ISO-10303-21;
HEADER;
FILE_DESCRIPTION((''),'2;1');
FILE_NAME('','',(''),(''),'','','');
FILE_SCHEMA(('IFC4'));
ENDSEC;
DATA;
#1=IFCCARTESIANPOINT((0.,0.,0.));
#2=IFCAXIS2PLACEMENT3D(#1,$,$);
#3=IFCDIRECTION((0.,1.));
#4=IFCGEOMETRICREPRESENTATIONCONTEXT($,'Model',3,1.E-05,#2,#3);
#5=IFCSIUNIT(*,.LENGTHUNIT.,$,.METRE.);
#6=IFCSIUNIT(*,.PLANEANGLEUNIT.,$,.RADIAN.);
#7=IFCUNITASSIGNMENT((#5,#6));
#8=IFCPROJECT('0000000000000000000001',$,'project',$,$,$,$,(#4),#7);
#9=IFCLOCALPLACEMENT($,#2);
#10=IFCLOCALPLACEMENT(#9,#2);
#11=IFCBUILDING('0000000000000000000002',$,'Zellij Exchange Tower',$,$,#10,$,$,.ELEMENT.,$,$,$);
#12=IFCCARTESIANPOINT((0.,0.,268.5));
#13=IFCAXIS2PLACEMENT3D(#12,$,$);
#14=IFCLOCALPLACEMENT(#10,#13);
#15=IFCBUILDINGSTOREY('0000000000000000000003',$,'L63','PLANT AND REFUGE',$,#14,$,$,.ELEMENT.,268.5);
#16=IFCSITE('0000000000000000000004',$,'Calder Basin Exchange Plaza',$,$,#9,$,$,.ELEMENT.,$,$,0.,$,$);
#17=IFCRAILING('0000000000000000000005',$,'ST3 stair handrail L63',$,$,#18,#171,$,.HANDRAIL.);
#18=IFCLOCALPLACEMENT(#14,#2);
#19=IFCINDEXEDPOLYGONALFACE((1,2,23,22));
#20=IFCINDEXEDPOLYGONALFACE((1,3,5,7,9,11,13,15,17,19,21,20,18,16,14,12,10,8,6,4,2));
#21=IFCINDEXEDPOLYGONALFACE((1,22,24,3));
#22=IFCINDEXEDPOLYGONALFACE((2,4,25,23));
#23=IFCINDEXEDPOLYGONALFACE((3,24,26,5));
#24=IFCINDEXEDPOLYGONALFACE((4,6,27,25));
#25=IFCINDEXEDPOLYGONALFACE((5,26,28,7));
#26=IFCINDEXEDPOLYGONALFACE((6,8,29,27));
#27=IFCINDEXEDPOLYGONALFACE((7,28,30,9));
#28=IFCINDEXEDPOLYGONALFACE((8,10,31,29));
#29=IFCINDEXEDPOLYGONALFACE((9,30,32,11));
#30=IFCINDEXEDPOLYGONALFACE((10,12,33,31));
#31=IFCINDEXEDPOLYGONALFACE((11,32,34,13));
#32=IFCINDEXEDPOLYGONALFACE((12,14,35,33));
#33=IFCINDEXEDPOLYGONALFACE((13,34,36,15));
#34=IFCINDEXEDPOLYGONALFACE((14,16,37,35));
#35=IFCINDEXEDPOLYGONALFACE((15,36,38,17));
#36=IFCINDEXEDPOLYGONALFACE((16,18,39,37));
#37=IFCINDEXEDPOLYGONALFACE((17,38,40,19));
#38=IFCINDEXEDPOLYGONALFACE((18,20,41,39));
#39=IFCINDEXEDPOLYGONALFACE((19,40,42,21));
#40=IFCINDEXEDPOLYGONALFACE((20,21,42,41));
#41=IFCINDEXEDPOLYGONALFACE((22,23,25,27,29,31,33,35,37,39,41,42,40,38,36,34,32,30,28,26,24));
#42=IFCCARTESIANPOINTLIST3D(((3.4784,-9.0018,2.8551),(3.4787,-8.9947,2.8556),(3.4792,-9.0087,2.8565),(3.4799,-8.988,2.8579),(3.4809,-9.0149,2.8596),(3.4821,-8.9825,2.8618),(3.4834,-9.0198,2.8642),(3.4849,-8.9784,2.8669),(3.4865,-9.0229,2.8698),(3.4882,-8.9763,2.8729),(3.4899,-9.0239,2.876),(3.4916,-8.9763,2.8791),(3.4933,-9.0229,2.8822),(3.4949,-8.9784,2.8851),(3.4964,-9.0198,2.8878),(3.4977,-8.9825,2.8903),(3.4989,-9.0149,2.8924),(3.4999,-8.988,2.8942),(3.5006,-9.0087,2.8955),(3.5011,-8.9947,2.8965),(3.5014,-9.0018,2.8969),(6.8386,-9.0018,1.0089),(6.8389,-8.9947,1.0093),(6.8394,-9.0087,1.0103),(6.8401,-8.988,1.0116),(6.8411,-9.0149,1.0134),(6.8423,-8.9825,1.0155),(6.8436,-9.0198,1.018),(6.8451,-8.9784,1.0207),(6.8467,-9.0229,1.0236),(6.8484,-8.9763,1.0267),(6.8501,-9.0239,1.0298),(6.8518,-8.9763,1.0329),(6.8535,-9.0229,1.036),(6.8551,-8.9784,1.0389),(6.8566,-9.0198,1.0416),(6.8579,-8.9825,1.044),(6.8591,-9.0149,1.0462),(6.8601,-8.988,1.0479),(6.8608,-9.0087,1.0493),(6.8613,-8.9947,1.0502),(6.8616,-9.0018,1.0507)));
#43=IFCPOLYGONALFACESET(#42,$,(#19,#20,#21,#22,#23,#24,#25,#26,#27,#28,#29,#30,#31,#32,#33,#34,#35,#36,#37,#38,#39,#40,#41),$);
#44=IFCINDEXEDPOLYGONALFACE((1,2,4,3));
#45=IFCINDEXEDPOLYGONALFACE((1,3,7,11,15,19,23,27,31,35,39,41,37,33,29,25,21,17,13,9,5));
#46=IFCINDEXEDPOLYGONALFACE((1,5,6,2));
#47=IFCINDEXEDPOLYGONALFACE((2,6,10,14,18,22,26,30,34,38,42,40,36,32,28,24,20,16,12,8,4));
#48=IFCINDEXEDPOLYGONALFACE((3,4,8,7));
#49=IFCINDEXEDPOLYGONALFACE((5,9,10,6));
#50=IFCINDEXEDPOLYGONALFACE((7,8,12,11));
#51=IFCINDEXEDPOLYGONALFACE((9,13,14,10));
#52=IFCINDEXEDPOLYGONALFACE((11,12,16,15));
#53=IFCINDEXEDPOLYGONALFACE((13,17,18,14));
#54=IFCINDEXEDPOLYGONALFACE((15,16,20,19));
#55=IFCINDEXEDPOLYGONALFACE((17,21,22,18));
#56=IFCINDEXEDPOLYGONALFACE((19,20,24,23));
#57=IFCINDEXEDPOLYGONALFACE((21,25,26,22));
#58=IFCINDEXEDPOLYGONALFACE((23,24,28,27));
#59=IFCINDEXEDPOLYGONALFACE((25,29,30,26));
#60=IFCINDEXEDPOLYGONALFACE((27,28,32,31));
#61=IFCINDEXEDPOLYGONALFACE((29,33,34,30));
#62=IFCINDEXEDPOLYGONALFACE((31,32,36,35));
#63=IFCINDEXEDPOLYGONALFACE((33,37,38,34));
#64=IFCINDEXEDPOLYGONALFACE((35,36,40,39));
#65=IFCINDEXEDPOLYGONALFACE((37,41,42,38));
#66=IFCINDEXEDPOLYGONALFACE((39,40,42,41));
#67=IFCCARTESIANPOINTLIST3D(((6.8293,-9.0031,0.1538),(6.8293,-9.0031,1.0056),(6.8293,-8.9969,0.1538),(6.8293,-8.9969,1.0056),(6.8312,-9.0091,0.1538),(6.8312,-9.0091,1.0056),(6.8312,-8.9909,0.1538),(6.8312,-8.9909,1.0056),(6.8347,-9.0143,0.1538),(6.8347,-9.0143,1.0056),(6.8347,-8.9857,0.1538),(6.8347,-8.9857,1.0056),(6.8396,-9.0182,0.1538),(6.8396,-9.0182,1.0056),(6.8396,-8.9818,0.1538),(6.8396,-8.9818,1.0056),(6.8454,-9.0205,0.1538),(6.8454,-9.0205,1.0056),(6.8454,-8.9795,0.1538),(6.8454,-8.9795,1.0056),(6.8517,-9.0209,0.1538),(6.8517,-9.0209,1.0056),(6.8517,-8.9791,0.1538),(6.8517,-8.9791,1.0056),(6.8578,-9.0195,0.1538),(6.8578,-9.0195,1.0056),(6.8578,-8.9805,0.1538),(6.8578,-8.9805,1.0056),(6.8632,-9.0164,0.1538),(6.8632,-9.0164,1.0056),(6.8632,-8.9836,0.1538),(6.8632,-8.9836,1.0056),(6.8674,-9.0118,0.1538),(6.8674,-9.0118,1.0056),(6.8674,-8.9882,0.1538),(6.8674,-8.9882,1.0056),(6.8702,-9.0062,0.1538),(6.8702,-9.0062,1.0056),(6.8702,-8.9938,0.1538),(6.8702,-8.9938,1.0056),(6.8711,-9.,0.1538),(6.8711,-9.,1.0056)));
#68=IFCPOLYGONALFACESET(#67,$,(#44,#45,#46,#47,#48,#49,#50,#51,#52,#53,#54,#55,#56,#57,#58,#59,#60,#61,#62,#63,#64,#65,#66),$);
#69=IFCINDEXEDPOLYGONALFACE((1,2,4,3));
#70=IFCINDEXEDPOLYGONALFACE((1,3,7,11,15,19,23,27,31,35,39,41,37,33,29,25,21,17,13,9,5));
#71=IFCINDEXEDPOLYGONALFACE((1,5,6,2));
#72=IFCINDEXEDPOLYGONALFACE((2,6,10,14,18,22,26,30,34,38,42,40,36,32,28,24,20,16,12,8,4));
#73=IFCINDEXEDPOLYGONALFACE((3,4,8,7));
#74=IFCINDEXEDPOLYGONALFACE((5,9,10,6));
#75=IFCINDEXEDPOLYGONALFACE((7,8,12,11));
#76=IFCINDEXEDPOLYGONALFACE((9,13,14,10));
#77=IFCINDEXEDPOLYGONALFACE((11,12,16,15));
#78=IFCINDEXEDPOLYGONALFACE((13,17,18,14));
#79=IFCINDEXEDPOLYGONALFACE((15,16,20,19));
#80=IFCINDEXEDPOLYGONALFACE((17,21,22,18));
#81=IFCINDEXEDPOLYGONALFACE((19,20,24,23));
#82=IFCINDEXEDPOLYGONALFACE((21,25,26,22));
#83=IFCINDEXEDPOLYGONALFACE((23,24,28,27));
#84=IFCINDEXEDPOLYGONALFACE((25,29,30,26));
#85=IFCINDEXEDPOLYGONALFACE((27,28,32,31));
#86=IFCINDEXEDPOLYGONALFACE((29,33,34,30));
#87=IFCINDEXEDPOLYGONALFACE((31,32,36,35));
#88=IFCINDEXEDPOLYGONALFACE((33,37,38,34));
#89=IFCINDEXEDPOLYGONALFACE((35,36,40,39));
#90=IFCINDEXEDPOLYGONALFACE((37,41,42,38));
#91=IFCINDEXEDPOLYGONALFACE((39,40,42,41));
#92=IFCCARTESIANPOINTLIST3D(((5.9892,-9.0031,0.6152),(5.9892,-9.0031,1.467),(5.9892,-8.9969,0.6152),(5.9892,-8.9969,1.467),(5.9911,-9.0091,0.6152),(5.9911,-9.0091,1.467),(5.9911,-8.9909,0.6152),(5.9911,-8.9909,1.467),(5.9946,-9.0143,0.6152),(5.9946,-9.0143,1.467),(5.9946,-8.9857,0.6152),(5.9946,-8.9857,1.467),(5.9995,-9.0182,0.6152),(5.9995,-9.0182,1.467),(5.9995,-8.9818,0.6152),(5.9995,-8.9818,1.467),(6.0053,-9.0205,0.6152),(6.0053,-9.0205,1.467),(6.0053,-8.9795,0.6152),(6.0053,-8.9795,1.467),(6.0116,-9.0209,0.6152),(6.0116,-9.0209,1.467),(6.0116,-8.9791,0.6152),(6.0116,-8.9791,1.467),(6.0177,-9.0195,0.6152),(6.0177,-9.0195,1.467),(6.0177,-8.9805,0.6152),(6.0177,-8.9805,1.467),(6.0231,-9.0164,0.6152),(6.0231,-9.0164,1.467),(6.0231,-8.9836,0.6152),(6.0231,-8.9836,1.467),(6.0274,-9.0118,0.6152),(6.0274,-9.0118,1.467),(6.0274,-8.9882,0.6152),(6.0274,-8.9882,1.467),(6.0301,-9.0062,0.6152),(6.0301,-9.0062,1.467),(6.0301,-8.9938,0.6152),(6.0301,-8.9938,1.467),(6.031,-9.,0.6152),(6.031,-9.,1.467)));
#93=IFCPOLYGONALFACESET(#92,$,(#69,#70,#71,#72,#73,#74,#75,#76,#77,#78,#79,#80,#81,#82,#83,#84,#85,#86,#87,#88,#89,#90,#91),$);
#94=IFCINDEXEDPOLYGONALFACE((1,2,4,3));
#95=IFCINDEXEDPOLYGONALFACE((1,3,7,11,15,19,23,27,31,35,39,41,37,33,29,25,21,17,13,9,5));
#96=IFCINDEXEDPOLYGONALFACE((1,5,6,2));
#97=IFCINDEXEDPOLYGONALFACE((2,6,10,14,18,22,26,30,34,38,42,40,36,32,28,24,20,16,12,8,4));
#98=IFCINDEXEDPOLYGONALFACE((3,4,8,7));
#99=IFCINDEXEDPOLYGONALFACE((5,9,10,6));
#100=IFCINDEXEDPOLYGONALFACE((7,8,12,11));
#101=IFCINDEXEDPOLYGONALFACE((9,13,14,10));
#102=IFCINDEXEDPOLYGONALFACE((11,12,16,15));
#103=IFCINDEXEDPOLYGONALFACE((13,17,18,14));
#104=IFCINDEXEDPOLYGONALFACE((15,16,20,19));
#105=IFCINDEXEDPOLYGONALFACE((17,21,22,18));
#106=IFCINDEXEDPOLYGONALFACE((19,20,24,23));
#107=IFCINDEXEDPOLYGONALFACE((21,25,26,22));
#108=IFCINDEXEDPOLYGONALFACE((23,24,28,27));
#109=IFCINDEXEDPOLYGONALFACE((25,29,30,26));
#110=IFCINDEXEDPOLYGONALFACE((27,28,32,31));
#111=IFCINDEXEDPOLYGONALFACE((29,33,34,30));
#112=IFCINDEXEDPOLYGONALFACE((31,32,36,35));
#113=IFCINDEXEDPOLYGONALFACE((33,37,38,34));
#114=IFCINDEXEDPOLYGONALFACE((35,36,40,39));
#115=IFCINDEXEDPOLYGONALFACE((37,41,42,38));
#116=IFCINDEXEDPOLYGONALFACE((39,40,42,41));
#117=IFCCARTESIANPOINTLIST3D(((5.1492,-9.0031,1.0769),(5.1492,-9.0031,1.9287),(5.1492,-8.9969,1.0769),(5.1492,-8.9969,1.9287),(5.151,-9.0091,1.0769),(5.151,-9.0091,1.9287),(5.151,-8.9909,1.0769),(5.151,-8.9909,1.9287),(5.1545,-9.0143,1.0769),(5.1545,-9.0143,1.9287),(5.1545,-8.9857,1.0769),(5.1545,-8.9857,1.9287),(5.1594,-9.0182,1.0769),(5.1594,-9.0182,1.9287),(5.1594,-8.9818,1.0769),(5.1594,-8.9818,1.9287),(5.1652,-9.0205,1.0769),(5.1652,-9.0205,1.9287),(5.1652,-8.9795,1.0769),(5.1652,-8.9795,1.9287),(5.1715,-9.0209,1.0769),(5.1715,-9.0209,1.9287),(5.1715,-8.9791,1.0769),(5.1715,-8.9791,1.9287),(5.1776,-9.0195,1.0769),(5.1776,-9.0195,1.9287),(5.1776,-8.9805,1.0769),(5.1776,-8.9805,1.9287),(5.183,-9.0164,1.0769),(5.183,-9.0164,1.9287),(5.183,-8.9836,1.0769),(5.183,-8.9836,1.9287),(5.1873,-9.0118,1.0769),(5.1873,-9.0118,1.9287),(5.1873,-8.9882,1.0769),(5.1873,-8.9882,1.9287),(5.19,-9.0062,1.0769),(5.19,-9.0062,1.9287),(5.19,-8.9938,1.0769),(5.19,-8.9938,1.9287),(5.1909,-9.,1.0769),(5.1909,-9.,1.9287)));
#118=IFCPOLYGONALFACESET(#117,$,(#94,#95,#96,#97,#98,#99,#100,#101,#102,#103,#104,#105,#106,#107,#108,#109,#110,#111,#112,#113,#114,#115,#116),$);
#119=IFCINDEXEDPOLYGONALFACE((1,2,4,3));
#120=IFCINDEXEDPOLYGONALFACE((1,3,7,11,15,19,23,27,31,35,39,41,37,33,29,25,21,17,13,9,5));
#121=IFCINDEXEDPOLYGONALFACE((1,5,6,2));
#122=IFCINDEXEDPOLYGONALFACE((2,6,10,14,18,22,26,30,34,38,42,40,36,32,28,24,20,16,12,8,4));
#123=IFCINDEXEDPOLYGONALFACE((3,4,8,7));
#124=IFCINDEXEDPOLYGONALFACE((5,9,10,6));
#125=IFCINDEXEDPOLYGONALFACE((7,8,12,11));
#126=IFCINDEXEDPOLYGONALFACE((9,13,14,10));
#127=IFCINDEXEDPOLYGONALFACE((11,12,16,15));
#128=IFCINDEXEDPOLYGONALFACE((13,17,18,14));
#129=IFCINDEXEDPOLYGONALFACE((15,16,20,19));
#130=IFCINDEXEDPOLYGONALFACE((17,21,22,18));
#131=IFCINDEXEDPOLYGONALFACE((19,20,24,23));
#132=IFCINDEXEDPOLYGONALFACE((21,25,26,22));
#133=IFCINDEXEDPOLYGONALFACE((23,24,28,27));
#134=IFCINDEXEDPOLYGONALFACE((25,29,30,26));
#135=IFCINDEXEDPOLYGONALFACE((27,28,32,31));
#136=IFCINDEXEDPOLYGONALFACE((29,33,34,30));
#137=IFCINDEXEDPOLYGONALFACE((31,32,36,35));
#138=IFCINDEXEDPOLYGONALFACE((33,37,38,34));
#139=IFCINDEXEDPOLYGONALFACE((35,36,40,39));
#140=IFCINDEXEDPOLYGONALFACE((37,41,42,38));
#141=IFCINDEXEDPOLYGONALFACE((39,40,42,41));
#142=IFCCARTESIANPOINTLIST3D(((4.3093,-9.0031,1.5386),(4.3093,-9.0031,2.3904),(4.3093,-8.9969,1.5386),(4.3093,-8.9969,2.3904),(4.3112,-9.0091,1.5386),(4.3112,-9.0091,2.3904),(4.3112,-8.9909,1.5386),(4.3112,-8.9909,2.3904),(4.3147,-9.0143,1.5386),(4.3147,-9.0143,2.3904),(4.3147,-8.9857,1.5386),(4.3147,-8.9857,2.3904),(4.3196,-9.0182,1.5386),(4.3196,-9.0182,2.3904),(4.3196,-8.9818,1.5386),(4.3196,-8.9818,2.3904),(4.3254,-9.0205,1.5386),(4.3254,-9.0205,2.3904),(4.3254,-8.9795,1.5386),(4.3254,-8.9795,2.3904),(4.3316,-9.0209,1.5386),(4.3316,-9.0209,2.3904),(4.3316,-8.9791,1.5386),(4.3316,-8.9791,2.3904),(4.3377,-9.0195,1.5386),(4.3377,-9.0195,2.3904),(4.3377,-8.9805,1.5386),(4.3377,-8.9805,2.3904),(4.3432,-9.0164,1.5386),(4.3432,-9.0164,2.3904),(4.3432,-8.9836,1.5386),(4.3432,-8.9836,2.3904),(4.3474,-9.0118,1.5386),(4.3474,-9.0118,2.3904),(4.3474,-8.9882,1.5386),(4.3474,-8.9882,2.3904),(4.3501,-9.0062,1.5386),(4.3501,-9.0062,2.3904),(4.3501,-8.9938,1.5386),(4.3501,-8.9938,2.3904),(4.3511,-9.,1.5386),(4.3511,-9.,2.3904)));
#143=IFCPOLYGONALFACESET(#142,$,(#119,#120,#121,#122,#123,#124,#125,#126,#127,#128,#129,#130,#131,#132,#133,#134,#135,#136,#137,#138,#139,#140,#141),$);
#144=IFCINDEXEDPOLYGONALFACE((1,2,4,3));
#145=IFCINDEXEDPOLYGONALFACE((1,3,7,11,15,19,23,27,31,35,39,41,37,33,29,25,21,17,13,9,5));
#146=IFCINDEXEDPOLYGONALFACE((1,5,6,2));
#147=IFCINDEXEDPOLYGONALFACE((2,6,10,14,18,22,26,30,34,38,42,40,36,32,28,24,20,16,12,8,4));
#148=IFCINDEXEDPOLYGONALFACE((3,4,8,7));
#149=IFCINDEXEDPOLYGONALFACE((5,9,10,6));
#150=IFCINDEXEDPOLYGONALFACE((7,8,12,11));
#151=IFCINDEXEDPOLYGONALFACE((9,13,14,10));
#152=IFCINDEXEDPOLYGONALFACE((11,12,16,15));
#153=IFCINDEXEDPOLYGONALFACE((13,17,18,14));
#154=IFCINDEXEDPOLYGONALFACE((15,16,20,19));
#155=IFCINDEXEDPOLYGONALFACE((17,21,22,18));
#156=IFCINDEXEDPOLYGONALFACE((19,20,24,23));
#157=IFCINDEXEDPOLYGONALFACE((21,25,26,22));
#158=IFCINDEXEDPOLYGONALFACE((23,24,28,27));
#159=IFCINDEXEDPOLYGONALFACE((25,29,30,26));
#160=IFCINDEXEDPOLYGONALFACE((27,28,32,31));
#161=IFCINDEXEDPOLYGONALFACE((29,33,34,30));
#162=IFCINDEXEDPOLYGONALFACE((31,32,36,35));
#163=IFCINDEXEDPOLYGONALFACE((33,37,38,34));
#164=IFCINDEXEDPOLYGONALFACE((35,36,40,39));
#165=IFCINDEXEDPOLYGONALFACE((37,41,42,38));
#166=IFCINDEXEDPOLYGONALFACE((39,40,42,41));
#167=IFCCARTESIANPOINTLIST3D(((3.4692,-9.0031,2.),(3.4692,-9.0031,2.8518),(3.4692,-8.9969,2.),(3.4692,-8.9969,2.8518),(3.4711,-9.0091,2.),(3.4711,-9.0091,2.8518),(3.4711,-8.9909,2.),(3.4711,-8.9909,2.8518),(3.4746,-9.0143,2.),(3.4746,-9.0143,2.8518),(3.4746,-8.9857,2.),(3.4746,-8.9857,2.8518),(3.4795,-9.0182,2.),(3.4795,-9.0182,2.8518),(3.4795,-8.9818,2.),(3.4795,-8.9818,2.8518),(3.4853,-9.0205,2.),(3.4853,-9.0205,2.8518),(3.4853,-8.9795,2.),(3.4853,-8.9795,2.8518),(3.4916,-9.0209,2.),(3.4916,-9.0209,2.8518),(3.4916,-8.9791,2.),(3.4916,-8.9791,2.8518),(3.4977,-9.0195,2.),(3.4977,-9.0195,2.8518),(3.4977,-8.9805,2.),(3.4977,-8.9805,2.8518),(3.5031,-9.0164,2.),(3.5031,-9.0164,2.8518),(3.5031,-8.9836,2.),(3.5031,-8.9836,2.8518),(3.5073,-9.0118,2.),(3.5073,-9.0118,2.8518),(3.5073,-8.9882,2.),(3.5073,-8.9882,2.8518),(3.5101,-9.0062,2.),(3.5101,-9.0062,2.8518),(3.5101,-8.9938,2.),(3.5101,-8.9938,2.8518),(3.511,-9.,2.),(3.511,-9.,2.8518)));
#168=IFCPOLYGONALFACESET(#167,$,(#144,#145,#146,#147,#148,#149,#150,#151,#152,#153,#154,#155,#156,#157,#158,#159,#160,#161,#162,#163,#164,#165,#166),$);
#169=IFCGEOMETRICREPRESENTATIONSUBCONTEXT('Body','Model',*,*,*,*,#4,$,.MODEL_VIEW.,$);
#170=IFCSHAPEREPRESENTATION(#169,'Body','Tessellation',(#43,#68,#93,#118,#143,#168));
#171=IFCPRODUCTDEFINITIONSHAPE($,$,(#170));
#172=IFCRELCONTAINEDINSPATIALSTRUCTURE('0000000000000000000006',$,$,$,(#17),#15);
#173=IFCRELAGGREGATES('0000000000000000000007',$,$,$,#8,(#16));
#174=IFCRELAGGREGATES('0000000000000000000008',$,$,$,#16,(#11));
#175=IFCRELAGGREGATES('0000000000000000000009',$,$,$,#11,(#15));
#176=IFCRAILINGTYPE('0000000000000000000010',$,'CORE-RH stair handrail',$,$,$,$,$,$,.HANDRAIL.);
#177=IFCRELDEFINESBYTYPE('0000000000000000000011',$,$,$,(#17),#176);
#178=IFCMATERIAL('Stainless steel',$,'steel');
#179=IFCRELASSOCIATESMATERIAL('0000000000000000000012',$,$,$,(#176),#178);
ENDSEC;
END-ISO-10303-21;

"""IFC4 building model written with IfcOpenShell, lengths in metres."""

from ifc_helpers import new_model, si_unit, direction, frame, origin, origin_2d, place, context, subcontext, project, spatial, circle, extrude, material, type_object, element, save


model = new_model("IFC4")

# Units and contexts
model_context = context("Model", 3, precision=1e-05, world=origin(), true_north=direction((0.0, 1.0)))
body_context = subcontext(model_context, "Body", "Model", "MODEL_VIEW")
ifc_project = project(units=[si_unit("LENGTHUNIT", "METRE"), si_unit("PLANEANGLEUNIT", "RADIAN")], contexts=[model_context])

# Site, building, storey
site_placement = place(None, origin())
site = spatial("IfcSite", under=ifc_project, at=site_placement, Name="Calder Basin Exchange Plaza", CompositionType="ELEMENT", RefElevation=0.0)
building_placement = place(site_placement, origin())
building = spatial("IfcBuilding", under=site, at=building_placement, Name="Zellij Exchange Tower", CompositionType="ELEMENT")
storey_placement = place(building_placement, frame((0.0, 0.0, 268.5)))
storey = spatial("IfcBuildingStorey", under=building, at=storey_placement, Name="L63", Description="PLANT AND REFUGE", CompositionType="ELEMENT", Elevation=268.5)

# Railing
ifc_material_1 = material(Name="Stainless steel", Category="steel")
railing_type_1 = type_object("IfcRailingType", Name="CORE-RH stair handrail", PredefinedType="HANDRAIL", material=ifc_material_1)
railing_1_placement = place(storey_placement, frame((6.8501, -9.0, 0.1538)))
element("IfcRailing", 1, at=railing_1_placement, inside=storey, type_object=railing_type_1, Name="ST3 stair handrail L63", PredefinedType="HANDRAIL", context=body_context, shape_type="SweptSolid", body=[
    extrude(circle(Radius=0.0239, at=origin_2d()), frame((0.0, 0.0, 0.876), z_axis=(-0.876422, 0.0, 0.481545), x_axis=(0.0, -1.0, 0.0)), (0.0, 0.0, 1.0), 3.834),
    extrude(circle(Radius=0.021, at=origin_2d()), origin(), (0.0, 0.0, 1.0), 0.8518),
    extrude(circle(Radius=0.021, at=origin_2d()), frame((-0.8401, 0.0, 0.4614)), (0.0, 0.0, 1.0), 0.8518),
    extrude(circle(Radius=0.021, at=origin_2d()), frame((-1.6802, 0.0, 0.9231)), (0.0, 0.0, 1.0), 0.8518),
    extrude(circle(Radius=0.021, at=origin_2d()), frame((-2.52, 0.0, 1.3848)), (0.0, 0.0, 1.0), 0.8518),
    extrude(circle(Radius=0.021, at=origin_2d()), frame((-3.3601, 0.0, 1.8462)), (0.0, 0.0, 1.0), 0.8518),
])

save(model, "model.ifc")
